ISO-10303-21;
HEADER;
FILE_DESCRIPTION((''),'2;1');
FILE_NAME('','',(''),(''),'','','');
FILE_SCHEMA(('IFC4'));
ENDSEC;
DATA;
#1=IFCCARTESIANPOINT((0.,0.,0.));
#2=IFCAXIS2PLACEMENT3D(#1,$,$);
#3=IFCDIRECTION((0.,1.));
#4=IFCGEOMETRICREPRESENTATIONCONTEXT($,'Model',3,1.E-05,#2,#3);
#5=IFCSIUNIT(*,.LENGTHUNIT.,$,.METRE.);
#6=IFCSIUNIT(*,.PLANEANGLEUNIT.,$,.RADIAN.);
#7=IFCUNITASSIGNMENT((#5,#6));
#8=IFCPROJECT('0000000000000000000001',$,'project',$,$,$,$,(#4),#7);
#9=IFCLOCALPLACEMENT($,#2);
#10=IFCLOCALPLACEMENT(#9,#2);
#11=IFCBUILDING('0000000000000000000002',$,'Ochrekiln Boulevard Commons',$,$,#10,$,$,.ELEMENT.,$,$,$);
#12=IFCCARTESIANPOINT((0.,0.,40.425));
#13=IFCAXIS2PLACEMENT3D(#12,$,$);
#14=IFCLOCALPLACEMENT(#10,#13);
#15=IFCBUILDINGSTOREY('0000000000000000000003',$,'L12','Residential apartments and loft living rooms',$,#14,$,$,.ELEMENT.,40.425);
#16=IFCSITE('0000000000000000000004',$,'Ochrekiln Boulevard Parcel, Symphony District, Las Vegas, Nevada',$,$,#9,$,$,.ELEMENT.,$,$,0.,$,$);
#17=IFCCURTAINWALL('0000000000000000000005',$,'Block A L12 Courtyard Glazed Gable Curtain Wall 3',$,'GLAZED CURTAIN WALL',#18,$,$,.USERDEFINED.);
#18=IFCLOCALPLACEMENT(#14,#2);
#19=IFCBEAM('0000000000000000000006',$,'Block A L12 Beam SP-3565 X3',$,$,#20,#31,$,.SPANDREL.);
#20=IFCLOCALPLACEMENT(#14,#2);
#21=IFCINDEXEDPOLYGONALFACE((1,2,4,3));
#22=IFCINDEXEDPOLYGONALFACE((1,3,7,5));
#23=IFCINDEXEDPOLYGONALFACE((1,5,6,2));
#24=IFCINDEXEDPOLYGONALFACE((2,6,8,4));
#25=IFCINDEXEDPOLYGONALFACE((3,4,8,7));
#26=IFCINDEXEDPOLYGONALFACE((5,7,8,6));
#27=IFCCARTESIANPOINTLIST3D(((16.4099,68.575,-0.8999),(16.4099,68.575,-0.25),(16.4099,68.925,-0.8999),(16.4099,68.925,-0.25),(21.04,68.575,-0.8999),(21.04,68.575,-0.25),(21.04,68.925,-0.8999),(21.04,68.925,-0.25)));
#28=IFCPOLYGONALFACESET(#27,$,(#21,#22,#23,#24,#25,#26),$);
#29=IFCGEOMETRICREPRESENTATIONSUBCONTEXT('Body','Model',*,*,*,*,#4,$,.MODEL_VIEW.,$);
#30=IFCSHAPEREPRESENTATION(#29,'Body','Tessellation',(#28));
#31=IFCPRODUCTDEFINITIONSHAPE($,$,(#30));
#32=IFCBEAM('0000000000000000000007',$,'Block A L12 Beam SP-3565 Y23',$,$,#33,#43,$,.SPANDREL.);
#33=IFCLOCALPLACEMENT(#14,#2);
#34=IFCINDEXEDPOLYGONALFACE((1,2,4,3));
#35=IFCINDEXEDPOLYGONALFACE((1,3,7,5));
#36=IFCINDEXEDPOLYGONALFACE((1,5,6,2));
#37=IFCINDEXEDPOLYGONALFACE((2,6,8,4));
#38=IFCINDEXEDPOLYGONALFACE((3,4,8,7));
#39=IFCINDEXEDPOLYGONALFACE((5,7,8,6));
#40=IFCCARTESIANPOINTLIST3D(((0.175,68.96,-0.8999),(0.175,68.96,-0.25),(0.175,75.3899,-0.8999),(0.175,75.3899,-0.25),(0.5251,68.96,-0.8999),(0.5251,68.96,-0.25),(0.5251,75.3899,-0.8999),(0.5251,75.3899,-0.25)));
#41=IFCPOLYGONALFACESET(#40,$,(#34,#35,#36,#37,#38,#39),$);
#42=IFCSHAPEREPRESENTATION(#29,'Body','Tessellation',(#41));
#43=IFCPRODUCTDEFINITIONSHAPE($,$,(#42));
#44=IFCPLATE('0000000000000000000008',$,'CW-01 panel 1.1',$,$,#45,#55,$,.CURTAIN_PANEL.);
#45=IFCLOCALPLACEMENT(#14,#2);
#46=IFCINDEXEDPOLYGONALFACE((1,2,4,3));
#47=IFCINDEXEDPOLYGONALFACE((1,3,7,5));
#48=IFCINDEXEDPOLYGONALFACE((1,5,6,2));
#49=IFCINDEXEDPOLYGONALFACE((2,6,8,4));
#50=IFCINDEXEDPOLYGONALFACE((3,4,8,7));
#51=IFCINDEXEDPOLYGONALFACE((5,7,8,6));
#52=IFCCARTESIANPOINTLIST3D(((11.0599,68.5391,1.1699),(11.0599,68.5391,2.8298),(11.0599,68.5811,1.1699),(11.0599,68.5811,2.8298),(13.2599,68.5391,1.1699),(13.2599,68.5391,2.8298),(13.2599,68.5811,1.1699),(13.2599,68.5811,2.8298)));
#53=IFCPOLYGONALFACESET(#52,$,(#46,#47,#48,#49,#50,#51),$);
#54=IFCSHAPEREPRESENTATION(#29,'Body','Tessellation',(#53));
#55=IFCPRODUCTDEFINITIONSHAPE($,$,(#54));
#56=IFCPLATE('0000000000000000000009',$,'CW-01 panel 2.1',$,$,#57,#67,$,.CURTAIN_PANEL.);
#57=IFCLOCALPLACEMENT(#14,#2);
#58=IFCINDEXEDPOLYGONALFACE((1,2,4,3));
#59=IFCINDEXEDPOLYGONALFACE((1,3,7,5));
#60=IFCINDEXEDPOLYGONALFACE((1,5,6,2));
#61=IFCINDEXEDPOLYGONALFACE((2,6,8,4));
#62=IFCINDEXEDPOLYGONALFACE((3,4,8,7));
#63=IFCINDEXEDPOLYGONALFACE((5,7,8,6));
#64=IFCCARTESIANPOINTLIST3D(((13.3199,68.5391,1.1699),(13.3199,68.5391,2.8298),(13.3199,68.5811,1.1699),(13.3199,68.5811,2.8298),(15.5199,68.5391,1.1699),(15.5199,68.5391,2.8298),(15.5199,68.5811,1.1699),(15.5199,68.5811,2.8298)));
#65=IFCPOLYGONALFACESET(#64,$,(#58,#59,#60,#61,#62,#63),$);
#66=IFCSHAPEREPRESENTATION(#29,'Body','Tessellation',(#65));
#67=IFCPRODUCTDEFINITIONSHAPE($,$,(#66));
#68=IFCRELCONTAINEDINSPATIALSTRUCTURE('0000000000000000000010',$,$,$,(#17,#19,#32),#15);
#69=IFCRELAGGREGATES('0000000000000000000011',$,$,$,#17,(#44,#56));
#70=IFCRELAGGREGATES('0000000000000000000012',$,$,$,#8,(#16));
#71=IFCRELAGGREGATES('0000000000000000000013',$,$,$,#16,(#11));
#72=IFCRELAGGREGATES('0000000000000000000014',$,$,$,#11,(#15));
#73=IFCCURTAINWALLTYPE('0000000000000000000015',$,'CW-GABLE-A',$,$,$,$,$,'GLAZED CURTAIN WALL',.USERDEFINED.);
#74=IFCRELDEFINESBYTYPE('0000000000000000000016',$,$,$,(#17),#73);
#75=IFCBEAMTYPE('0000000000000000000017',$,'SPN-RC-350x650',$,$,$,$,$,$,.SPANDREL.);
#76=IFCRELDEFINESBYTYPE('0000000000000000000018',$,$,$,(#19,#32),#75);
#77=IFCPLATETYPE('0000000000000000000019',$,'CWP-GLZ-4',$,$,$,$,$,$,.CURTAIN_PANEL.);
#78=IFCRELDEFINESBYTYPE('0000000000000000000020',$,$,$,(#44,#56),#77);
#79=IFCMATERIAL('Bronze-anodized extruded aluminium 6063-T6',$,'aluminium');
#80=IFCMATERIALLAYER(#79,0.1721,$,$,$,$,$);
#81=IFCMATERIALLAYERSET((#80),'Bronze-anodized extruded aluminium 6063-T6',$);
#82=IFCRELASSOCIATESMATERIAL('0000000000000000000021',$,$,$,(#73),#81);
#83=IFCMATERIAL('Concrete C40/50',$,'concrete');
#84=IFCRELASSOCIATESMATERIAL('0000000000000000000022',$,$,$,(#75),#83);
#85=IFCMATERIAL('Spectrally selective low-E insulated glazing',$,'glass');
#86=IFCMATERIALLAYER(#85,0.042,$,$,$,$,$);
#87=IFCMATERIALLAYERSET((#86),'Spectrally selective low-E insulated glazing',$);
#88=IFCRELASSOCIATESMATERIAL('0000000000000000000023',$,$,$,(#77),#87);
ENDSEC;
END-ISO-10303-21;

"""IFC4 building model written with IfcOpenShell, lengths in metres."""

from ifc_helpers import new_model, si_unit, direction, frame, origin, origin_2d, place, context, subcontext, project, spatial, rectangle, extrude, material, layer, layer_set, material_profile, profile_set, type_object, element, aggregate, save


model = new_model("IFC4")

# Units and contexts
model_context = context("Model", 3, precision=1e-05, world=origin(), true_north=direction((0.0, 1.0)))
body_context = subcontext(model_context, "Body", "Model", "MODEL_VIEW")
ifc_project = project(units=[si_unit("LENGTHUNIT", "METRE"), si_unit("PLANEANGLEUNIT", "RADIAN")], contexts=[model_context])

# Site, building, storey
site_placement = place(None, origin())
site = spatial("IfcSite", under=ifc_project, at=site_placement, Name="Ochrekiln Boulevard Parcel, Symphony District, Las Vegas, Nevada", CompositionType="ELEMENT", RefElevation=0.0)
building_placement = place(site_placement, origin())
building = spatial("IfcBuilding", under=site, at=building_placement, Name="Ochrekiln Boulevard Commons", CompositionType="ELEMENT")
storey_placement = place(building_placement, frame((0.0, 0.0, 40.425)))
storey = spatial("IfcBuildingStorey", under=building, at=storey_placement, Name="L12", Description="Residential apartments and loft living rooms", CompositionType="ELEMENT", Elevation=40.425)

# Curtain wall
ifc_material_1 = material(Name="Bronze-anodized extruded aluminium 6063-T6", Category="aluminium")
ifc_layer_1 = layer(ifc_material_1, 0.1721)
ifc_layer_set_1 = layer_set([ifc_layer_1], Name="Bronze-anodized extruded aluminium 6063-T6")
curtain_wall_type = type_object("IfcCurtainWallType", Name="CW-GABLE-A", ElementType="GLAZED CURTAIN WALL", PredefinedType="USERDEFINED", material=ifc_layer_set_1)
curtain_wall_1_placement = place(storey_placement, origin())
curtain_wall_1 = element("IfcCurtainWall", 1, at=curtain_wall_1_placement, inside=storey, type_object=curtain_wall_type, Name="Block A L12 Courtyard Glazed Gable Curtain Wall 3", ObjectType="GLAZED CURTAIN WALL", PredefinedType="USERDEFINED")

# Beams
ifc_material_2 = material(Name="Concrete C40/50", Category="concrete")
ifc_material_profile_1 = material_profile(ifc_material_2, rectangle(XDim=0.3501, YDim=0.6499, at=origin_2d()), Name="RC-SPN-350x650")
ifc_profile_set_1 = profile_set([ifc_material_profile_1], Name="Concrete C40/50")
beam_type = type_object("IfcBeamType", Name="SPN-RC-350x650", PredefinedType="SPANDREL", material=ifc_profile_set_1)
beam_1_placement = place(storey_placement, frame((16.4099, 68.75, -0.575), z_axis=(1.0, 0.0, 0.0), x_axis=(0.0, 1.0, 0.0)))
element("IfcBeam", 2, at=beam_1_placement, inside=storey, type_object=beam_type, Name="Block A L12 Beam SP-3565 X3", PredefinedType="SPANDREL", context=body_context, shape_type="SweptSolid", body=[
    extrude(rectangle(XDim=0.3501, YDim=0.6499, at=origin_2d()), origin(), (0.0, 0.0, 1.0), 4.6301),
])
beam_2_placement = place(storey_placement, frame((0.3501, 68.96, -0.575), z_axis=(0.0, 1.0, 0.0), x_axis=(-1.0, 0.0, 0.0)))
element("IfcBeam", 3, at=beam_2_placement, inside=storey, type_object=beam_type, Name="Block A L12 Beam SP-3565 Y23", PredefinedType="SPANDREL", context=body_context, shape_type="SweptSolid", body=[
    extrude(rectangle(XDim=0.3501, YDim=0.6499, at=origin_2d()), origin(), (0.0, 0.0, 1.0), 6.4299),
])

# Plates
ifc_material_3 = material(Name="Spectrally selective low-E insulated glazing", Category="glass")
ifc_layer_2 = layer(ifc_material_3, 0.042)
ifc_layer_set_2 = layer_set([ifc_layer_2], Name="Spectrally selective low-E insulated glazing")
plate_type = type_object("IfcPlateType", Name="CWP-GLZ-4", PredefinedType="CURTAIN_PANEL", material=ifc_layer_set_2)
plate_1_placement = place(storey_placement, frame((12.1599, 68.5601, 1.1699), z_axis=(0.0, 0.0, 1.0), x_axis=(1.0, 0.0, 0.0)))
plate_1 = element("IfcPlate", 4, at=plate_1_placement, type_object=plate_type, Name="CW-01 panel 1.1", PredefinedType="CURTAIN_PANEL", context=body_context, shape_type="SweptSolid", body=[
    extrude(rectangle(XDim=2.2, YDim=0.042, at=origin_2d()), origin(), (0.0, 0.0, 1.0), 1.6599),
])
plate_2_placement = place(storey_placement, frame((14.4199, 68.5601, 1.1699), z_axis=(0.0, 0.0, 1.0), x_axis=(1.0, 0.0, 0.0)))
plate_2 = element("IfcPlate", 5, at=plate_2_placement, type_object=plate_type, Name="CW-01 panel 2.1", PredefinedType="CURTAIN_PANEL", context=body_context, shape_type="SweptSolid", body=[
    extrude(rectangle(XDim=2.2, YDim=0.042, at=origin_2d()), origin(), (0.0, 0.0, 1.0), 1.6599),
])
aggregate(curtain_wall_1, [plate_1, plate_2])

save(model, "model.ifc")
